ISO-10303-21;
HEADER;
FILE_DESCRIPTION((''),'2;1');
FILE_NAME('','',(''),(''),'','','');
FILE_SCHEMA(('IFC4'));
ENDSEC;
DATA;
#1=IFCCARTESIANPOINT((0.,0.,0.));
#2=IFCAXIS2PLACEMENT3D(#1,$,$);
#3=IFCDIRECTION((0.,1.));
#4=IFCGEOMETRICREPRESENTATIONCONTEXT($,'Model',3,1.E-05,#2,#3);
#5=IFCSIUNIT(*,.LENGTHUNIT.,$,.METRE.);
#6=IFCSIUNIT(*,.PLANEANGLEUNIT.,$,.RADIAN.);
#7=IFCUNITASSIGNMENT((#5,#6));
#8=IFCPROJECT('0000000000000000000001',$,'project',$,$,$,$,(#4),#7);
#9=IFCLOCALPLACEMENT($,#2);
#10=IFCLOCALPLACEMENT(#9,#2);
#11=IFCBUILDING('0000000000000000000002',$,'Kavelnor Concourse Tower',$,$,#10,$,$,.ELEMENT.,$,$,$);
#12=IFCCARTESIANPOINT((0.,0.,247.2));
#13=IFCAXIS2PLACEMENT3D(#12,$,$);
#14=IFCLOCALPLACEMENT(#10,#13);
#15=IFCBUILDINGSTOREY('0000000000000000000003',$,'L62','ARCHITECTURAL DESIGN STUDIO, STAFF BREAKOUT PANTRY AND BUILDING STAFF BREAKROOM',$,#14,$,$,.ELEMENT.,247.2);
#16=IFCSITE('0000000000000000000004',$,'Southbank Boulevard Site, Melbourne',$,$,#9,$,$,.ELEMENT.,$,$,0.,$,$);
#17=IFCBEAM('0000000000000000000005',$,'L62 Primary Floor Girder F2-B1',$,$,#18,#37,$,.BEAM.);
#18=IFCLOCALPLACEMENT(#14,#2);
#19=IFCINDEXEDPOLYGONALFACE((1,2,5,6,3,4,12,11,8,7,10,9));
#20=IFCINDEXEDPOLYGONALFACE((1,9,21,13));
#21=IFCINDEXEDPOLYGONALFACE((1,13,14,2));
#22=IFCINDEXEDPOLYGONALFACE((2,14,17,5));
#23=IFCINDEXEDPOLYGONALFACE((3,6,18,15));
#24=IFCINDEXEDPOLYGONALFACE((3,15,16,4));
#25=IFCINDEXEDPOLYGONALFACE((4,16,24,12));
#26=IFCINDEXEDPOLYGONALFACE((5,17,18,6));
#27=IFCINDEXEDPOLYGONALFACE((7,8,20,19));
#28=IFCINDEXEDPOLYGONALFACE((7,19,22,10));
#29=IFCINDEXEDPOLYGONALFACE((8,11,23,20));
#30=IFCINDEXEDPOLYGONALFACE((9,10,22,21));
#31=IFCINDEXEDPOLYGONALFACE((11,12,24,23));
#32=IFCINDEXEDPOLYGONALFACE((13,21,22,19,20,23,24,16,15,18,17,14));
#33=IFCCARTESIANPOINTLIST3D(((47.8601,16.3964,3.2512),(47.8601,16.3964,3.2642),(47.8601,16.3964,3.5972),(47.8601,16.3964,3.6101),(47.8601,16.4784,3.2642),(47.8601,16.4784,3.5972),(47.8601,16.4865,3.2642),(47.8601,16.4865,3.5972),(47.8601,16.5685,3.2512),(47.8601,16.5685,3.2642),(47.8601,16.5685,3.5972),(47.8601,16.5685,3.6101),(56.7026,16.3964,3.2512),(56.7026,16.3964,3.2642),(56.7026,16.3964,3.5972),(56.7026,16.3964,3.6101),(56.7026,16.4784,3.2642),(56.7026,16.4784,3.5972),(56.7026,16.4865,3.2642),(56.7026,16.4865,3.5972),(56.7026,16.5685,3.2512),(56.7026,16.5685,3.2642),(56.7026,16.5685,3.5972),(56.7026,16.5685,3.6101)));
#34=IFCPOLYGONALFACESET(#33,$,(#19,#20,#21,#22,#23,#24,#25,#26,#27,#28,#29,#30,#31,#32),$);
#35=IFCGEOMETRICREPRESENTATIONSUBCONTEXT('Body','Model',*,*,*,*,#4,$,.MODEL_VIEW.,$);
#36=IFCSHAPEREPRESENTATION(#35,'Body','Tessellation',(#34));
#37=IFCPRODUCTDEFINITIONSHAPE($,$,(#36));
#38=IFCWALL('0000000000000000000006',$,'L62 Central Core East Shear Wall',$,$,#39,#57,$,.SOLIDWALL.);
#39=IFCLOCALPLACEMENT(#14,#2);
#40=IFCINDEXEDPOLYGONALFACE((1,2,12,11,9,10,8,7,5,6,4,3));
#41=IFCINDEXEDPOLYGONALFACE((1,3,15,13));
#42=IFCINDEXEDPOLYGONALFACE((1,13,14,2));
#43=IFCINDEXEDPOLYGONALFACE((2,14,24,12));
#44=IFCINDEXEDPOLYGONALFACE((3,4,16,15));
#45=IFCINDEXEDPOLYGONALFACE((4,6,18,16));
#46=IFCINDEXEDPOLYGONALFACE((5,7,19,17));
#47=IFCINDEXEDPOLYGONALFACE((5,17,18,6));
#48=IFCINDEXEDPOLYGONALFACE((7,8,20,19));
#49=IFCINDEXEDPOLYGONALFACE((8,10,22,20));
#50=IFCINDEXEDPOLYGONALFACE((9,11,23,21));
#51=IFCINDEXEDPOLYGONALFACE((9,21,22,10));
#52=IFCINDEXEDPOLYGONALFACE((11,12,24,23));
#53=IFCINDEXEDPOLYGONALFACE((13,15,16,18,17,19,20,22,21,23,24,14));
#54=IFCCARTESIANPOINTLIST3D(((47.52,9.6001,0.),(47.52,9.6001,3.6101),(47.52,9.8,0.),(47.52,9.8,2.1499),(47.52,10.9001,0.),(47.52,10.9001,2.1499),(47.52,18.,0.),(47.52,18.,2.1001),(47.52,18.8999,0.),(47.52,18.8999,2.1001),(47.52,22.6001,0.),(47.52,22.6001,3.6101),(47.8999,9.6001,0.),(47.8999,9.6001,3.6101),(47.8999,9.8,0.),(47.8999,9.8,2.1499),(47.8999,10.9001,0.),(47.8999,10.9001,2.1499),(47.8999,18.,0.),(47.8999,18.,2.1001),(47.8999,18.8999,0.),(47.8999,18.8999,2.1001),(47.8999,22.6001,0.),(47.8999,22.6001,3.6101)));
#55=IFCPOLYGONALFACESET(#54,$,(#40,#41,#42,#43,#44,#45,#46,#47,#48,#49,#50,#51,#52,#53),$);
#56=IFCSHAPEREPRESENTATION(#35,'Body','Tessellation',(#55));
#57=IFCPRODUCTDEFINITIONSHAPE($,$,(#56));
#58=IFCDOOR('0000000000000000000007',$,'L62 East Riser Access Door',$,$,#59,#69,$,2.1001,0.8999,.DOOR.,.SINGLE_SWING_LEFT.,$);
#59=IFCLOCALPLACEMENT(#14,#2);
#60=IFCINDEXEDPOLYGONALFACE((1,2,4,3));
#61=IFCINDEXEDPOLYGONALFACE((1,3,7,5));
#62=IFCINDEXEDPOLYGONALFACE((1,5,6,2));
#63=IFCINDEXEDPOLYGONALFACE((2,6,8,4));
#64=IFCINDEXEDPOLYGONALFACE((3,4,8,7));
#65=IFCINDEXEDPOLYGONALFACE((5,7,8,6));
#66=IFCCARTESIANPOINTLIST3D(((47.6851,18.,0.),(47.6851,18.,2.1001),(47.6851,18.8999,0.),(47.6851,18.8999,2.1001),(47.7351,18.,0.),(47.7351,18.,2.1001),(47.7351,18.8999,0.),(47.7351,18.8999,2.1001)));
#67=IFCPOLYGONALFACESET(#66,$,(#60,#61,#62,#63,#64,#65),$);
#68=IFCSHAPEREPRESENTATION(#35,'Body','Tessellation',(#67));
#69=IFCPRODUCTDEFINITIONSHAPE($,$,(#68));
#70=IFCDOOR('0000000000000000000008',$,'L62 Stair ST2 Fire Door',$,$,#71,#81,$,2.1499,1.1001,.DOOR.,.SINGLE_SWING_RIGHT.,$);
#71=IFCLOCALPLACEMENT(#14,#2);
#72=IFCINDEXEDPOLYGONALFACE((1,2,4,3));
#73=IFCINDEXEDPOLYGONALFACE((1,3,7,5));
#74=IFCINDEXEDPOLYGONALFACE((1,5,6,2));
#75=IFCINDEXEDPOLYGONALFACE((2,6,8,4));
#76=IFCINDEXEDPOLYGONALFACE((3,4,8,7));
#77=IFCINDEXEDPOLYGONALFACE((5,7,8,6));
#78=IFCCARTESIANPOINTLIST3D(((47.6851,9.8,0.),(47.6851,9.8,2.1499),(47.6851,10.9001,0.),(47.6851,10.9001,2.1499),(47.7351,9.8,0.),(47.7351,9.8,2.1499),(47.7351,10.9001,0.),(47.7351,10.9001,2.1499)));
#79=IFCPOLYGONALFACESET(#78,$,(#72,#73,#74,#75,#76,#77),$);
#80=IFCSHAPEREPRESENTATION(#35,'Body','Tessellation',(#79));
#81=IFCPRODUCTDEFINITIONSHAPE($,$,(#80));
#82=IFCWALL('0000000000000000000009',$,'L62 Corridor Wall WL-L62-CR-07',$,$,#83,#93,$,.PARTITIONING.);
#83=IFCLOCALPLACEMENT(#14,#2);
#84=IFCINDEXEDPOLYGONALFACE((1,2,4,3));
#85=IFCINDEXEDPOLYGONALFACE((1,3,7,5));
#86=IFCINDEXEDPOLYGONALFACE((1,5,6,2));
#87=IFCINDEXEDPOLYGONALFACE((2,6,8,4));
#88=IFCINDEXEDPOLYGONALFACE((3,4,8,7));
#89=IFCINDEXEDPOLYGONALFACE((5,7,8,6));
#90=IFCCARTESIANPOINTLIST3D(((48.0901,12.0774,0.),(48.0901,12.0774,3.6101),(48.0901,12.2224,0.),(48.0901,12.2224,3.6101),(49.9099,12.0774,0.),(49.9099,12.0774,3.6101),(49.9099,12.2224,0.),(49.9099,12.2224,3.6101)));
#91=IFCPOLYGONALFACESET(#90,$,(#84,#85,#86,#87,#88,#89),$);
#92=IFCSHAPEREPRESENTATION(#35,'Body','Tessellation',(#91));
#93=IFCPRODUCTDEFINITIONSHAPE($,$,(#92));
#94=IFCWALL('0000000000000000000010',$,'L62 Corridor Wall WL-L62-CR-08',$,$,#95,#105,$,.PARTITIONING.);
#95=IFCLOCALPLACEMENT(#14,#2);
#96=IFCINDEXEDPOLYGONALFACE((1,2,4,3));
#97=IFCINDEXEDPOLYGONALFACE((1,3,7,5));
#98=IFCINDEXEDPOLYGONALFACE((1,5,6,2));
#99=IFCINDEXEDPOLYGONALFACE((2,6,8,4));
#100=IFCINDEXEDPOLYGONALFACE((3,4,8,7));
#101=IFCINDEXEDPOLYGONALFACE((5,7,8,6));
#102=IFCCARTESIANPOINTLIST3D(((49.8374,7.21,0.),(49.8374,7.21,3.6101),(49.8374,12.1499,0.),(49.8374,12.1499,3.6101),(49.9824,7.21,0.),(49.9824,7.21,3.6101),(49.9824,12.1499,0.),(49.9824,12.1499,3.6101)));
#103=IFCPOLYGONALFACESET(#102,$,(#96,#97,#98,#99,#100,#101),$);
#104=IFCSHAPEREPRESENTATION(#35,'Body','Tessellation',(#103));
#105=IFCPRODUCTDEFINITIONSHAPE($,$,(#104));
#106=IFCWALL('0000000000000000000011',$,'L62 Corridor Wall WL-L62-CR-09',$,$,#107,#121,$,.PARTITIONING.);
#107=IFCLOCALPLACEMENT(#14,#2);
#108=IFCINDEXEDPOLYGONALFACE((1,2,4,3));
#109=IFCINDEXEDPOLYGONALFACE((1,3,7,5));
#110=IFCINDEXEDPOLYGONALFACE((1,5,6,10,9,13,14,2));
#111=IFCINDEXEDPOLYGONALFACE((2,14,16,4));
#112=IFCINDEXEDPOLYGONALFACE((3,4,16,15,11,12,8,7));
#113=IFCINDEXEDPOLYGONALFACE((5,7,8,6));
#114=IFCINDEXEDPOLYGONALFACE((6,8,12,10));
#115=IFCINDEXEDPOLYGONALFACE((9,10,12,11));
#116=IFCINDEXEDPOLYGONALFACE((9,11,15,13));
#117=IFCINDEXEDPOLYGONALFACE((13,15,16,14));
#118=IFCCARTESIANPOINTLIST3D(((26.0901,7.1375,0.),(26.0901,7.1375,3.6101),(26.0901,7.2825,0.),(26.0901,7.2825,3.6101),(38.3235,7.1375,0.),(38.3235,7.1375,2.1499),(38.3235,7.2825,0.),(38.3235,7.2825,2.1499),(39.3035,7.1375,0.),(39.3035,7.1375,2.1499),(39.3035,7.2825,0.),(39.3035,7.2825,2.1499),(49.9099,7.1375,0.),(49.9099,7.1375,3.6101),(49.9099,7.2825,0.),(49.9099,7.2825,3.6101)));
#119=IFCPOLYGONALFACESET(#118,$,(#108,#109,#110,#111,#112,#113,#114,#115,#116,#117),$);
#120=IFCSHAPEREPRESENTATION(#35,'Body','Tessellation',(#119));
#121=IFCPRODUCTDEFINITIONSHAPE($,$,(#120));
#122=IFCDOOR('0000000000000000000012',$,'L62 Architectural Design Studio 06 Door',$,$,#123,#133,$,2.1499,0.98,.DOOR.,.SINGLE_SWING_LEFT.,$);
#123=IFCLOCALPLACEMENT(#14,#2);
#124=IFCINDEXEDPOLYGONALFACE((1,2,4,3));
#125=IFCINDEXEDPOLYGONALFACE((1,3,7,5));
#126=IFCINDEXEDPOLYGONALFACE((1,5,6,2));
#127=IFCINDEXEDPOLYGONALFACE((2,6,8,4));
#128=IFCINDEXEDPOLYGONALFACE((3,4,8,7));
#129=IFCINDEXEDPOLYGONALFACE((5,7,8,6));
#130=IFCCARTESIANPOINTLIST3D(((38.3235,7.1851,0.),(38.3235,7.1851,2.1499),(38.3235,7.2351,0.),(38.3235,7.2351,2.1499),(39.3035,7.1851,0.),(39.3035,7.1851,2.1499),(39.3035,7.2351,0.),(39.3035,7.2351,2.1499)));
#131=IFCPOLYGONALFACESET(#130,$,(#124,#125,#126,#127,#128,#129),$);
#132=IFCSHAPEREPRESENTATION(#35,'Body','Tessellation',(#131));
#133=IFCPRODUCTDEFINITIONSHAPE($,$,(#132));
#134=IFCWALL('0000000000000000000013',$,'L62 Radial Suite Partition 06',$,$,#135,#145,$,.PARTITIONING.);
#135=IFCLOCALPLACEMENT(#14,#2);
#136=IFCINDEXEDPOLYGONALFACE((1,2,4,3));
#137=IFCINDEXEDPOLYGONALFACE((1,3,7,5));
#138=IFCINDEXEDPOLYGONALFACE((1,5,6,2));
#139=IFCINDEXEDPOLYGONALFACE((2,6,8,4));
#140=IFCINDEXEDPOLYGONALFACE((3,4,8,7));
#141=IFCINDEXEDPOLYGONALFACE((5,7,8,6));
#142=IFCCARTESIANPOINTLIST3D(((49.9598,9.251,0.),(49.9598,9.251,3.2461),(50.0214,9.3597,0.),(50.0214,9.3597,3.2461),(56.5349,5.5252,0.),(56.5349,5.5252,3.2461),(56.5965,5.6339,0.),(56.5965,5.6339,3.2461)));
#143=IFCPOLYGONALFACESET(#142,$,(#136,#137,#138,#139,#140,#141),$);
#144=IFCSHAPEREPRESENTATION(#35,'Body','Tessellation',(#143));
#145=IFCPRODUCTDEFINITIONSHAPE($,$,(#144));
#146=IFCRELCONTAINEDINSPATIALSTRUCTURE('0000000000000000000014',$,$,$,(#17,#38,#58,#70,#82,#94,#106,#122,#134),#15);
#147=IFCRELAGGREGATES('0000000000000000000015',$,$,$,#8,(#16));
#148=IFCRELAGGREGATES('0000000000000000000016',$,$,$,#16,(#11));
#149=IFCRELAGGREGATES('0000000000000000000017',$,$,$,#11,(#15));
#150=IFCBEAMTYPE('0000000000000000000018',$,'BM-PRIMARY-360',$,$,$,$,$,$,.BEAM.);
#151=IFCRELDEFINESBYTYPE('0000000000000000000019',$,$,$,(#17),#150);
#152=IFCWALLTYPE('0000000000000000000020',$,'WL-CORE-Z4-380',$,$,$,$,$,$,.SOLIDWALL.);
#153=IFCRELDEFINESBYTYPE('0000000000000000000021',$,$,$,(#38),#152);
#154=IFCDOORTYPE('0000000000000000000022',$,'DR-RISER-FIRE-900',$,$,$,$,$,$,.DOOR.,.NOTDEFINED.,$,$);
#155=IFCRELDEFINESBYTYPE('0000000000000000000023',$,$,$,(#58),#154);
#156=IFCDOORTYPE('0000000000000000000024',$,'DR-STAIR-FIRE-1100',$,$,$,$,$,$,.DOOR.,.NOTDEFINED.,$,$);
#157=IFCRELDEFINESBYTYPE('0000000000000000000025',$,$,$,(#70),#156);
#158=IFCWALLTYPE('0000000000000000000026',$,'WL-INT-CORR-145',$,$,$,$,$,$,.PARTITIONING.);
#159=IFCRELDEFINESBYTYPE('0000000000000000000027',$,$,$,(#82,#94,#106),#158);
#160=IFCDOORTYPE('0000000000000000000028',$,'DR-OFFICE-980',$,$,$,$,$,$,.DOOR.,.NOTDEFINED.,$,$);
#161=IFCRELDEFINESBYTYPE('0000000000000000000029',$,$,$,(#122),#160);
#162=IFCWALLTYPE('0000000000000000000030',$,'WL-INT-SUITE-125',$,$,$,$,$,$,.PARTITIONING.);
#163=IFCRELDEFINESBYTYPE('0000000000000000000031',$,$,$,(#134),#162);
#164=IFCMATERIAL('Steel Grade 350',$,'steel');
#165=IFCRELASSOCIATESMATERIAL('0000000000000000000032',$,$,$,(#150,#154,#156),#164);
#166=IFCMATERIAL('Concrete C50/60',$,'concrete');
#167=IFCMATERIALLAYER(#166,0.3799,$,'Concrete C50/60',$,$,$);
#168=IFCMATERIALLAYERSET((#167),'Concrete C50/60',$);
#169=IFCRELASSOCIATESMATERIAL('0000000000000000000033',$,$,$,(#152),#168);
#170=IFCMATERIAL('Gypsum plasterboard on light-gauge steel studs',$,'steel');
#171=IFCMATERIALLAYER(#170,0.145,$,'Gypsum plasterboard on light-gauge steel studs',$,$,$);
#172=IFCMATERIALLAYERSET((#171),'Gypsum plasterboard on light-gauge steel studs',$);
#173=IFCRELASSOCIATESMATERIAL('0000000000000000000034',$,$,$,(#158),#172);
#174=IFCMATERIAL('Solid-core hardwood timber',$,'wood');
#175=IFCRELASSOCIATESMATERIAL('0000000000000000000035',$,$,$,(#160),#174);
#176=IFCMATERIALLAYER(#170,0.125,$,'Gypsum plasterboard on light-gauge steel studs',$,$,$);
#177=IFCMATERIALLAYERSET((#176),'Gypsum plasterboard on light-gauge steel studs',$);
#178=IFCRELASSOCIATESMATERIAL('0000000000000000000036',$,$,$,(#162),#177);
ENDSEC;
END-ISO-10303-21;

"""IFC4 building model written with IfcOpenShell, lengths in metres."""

from ifc_helpers import new_model, si_unit, direction, frame, frame_2d, origin, origin_2d, place, context, subcontext, project, spatial, rectangle, i_section, extrude, material, layer, layer_set, material_profile, profile_set, type_object, element, fill, save


model = new_model("IFC4")

# Units and contexts
model_context = context("Model", 3, precision=1e-05, world=origin(), true_north=direction((0.0, 1.0)))
body_context = subcontext(model_context, "Body", "Model", "MODEL_VIEW")
ifc_project = project(units=[si_unit("LENGTHUNIT", "METRE"), si_unit("PLANEANGLEUNIT", "RADIAN")], contexts=[model_context])

# Site, building, storey
site_placement = place(None, origin())
site = spatial("IfcSite", under=ifc_project, at=site_placement, Name="Southbank Boulevard Site, Melbourne", CompositionType="ELEMENT", RefElevation=0.0)
building_placement = place(site_placement, origin())
building = spatial("IfcBuilding", under=site, at=building_placement, Name="Kavelnor Concourse Tower", CompositionType="ELEMENT")
storey_placement = place(building_placement, frame((0.0, 0.0, 247.2)))
storey = spatial("IfcBuildingStorey", under=building, at=storey_placement, Name="L62", Description="ARCHITECTURAL DESIGN STUDIO, STAFF BREAKOUT PANTRY AND BUILDING STAFF BREAKROOM", CompositionType="ELEMENT", Elevation=247.2)

# Shared definitions
ifc_material_1 = material(Name="Steel Grade 350", Category="steel")

# Beam
ifc_material_profile_1 = material_profile(ifc_material_1, i_section(OverallWidth=0.1721, OverallDepth=0.3589, WebThickness=0.0081, FlangeThickness=0.0129, at=origin_2d()), Name="360UB56")
ifc_profile_set_1 = profile_set([ifc_material_profile_1], Name="Steel Grade 350")
beam_type_1 = type_object("IfcBeamType", Name="BM-PRIMARY-360", PredefinedType="BEAM", material=ifc_profile_set_1)
beam_1_placement = place(storey_placement, frame((47.8601, 16.4824, 3.4307), z_axis=(1.0, 0.0, 0.0), x_axis=(0.0, 1.0, 0.0)))
element("IfcBeam", 1, at=beam_1_placement, inside=storey, type_object=beam_type_1, Name="L62 Primary Floor Girder F2-B1", PredefinedType="BEAM", context=body_context, shape_type="SweptSolid", body=[
    extrude(i_section(OverallWidth=0.1721, OverallDepth=0.3589, WebThickness=0.0081, FlangeThickness=0.0129, at=origin_2d()), origin(), (0.0, 0.0, 1.0), 8.8425),
])

# Wall, openings, doors
ifc_material_2 = material(Name="Concrete C50/60", Category="concrete")
ifc_layer_1 = layer(ifc_material_2, 0.3799, Name="Concrete C50/60")
ifc_layer_set_1 = layer_set([ifc_layer_1], Name="Concrete C50/60")
wall_type_1 = type_object("IfcWallType", Name="WL-CORE-Z4-380", PredefinedType="SOLIDWALL", material=ifc_layer_set_1)
wall_1_placement = place(storey_placement, frame((47.71, 9.6001, 0.0), z_axis=(0.0, 0.0, 1.0), x_axis=(0.0, 1.0, 0.0)))
wall_1 = element("IfcWall", 2, at=wall_1_placement, inside=storey, type_object=wall_type_1, Name="L62 Central Core East Shear Wall", PredefinedType="SOLIDWALL", context=body_context, shape_type="SweptSolid", body=[
    extrude(rectangle(XDim=13.0, YDim=0.3799, at=frame_2d((6.5, 0.0))), origin(), (0.0, 0.0, 1.0), 3.6101),
])
opening_1_placement = place(wall_1_placement, frame((0.2, 0.0, 0.0)))
opening_1 = element("IfcOpeningElement", 3, at=opening_1_placement, cuts=wall_1, PredefinedType="OPENING", context=body_context, shape_type="SweptSolid", body=[
    extrude(rectangle(XDim=1.1001, YDim=2.1499, at=frame_2d((0.55, 1.075))), frame((0.0, 0.2, 0.0), z_axis=(0.0, -1.0, 0.0), x_axis=(1.0, 0.0, 0.0)), (0.0, 0.0, 1.0), 0.3999),
])
opening_2_placement = place(wall_1_placement, frame((8.3999, 0.0, 0.0)))
opening_2 = element("IfcOpeningElement", 4, at=opening_2_placement, cuts=wall_1, PredefinedType="OPENING", context=body_context, shape_type="SweptSolid", body=[
    extrude(rectangle(XDim=0.8999, YDim=2.1001, at=frame_2d((0.45, 1.05))), frame((0.0, 0.2, 0.0), z_axis=(0.0, -1.0, 0.0), x_axis=(1.0, 0.0, 0.0)), (0.0, 0.0, 1.0), 0.3999),
])
door_type_1 = type_object("IfcDoorType", Name="DR-RISER-FIRE-900", OperationType="NOTDEFINED", PredefinedType="DOOR", material=ifc_material_1)
door_1_placement = place(opening_2_placement, origin())
door_1 = element("IfcDoor", 5, at=door_1_placement, inside=storey, type_object=door_type_1, Name="L62 East Riser Access Door", OperationType="SINGLE_SWING_LEFT", OverallHeight=2.1001, OverallWidth=0.8999, PredefinedType="DOOR", context=body_context, shape_type="SweptSolid", body=[
    extrude(rectangle(XDim=0.8999, YDim=2.1001, at=frame_2d((0.45, 1.05))), frame((0.0, 0.0249, 0.0), z_axis=(0.0, -1.0, 0.0), x_axis=(1.0, 0.0, 0.0)), (0.0, 0.0, 1.0), 0.05),
])
fill(opening_2, door_1)
door_type_2 = type_object("IfcDoorType", Name="DR-STAIR-FIRE-1100", OperationType="NOTDEFINED", PredefinedType="DOOR", material=ifc_material_1)
door_2_placement = place(opening_1_placement, origin())
door_2 = element("IfcDoor", 6, at=door_2_placement, inside=storey, type_object=door_type_2, Name="L62 Stair ST2 Fire Door", OperationType="SINGLE_SWING_RIGHT", OverallHeight=2.1499, OverallWidth=1.1001, PredefinedType="DOOR", context=body_context, shape_type="SweptSolid", body=[
    extrude(rectangle(XDim=1.1001, YDim=2.1499, at=frame_2d((0.55, 1.075))), frame((0.0, 0.0249, 0.0), z_axis=(0.0, -1.0, 0.0), x_axis=(1.0, 0.0, 0.0)), (0.0, 0.0, 1.0), 0.05),
])
fill(opening_1, door_2)

# Walls
ifc_material_3 = material(Name="Gypsum plasterboard on light-gauge steel studs", Category="steel")
ifc_layer_2 = layer(ifc_material_3, 0.145, Name="Gypsum plasterboard on light-gauge steel studs")
ifc_layer_set_2 = layer_set([ifc_layer_2], Name="Gypsum plasterboard on light-gauge steel studs")
wall_type_2 = type_object("IfcWallType", Name="WL-INT-CORR-145", PredefinedType="PARTITIONING", material=ifc_layer_set_2)
wall_2_placement = place(storey_placement, frame((48.0901, 12.1499, 0.0), z_axis=(0.0, 0.0, 1.0), x_axis=(1.0, 0.0, 0.0)))
element("IfcWall", 7, at=wall_2_placement, inside=storey, type_object=wall_type_2, Name="L62 Corridor Wall WL-L62-CR-07", PredefinedType="PARTITIONING", context=body_context, shape_type="SweptSolid", body=[
    extrude(rectangle(XDim=1.8198, YDim=0.145, at=frame_2d((0.9099, 0.0))), origin(), (0.0, 0.0, 1.0), 3.6101),
])
wall_3_placement = place(storey_placement, frame((49.9099, 12.1499, 0.0), z_axis=(0.0, 0.0, 1.0), x_axis=(0.0, -1.0, 0.0)))
element("IfcWall", 8, at=wall_3_placement, inside=storey, type_object=wall_type_2, Name="L62 Corridor Wall WL-L62-CR-08", PredefinedType="PARTITIONING", context=body_context, shape_type="SweptSolid", body=[
    extrude(rectangle(XDim=4.9399, YDim=0.145, at=frame_2d((2.47, 0.0))), origin(), (0.0, 0.0, 1.0), 3.6101),
])

# Wall, opening, door
wall_4_placement = place(storey_placement, frame((49.9099, 7.21, 0.0), z_axis=(0.0, 0.0, 1.0), x_axis=(-1.0, 0.0, 0.0)))
wall_4 = element("IfcWall", 9, at=wall_4_placement, inside=storey, type_object=wall_type_2, Name="L62 Corridor Wall WL-L62-CR-09", PredefinedType="PARTITIONING", context=body_context, shape_type="SweptSolid", body=[
    extrude(rectangle(XDim=23.8198, YDim=0.145, at=frame_2d((11.9099, 0.0))), origin(), (0.0, 0.0, 1.0), 3.6101),
])
opening_3_placement = place(wall_4_placement, frame((10.6064, 0.0, 0.0)))
opening_3 = element("IfcOpeningElement", 10, at=opening_3_placement, cuts=wall_4, PredefinedType="OPENING", context=body_context, shape_type="SweptSolid", body=[
    extrude(rectangle(XDim=0.98, YDim=2.1499, at=frame_2d((0.49, 1.075))), frame((0.0, 0.0825, 0.0), z_axis=(0.0, -1.0, 0.0), x_axis=(1.0, 0.0, 0.0)), (0.0, 0.0, 1.0), 0.165),
])
ifc_material_4 = material(Name="Solid-core hardwood timber", Category="wood")
door_type_3 = type_object("IfcDoorType", Name="DR-OFFICE-980", OperationType="NOTDEFINED", PredefinedType="DOOR", material=ifc_material_4)
door_3_placement = place(opening_3_placement, origin())
door_3 = element("IfcDoor", 11, at=door_3_placement, inside=storey, type_object=door_type_3, Name="L62 Architectural Design Studio 06 Door", OperationType="SINGLE_SWING_LEFT", OverallHeight=2.1499, OverallWidth=0.98, PredefinedType="DOOR", context=body_context, shape_type="SweptSolid", body=[
    extrude(rectangle(XDim=0.98, YDim=2.1499, at=frame_2d((0.49, 1.075))), frame((0.0, 0.0249, 0.0), z_axis=(0.0, -1.0, 0.0), x_axis=(1.0, 0.0, 0.0)), (0.0, 0.0, 1.0), 0.05),
])
fill(opening_3, door_3)

# Wall
ifc_layer_3 = layer(ifc_material_3, 0.125, Name="Gypsum plasterboard on light-gauge steel studs")
ifc_layer_set_3 = layer_set([ifc_layer_3], Name="Gypsum plasterboard on light-gauge steel studs")
wall_type_3 = type_object("IfcWallType", Name="WL-INT-SUITE-125", PredefinedType="PARTITIONING", material=ifc_layer_set_3)
wall_5_placement = place(storey_placement, frame((49.9905, 9.3054, 0.0), z_axis=(0.0, 0.0, 1.0), x_axis=(0.870029, -0.493001, 0.0)))
element("IfcWall", 12, at=wall_5_placement, inside=storey, type_object=wall_type_3, Name="L62 Radial Suite Partition 06", PredefinedType="PARTITIONING", context=body_context, shape_type="SweptSolid", body=[
    extrude(rectangle(XDim=7.5574, YDim=0.125, at=frame_2d((3.7788, 0.0))), origin(), (0.0, 0.0, 1.0), 3.2461),
])

save(model, "model.ifc")
